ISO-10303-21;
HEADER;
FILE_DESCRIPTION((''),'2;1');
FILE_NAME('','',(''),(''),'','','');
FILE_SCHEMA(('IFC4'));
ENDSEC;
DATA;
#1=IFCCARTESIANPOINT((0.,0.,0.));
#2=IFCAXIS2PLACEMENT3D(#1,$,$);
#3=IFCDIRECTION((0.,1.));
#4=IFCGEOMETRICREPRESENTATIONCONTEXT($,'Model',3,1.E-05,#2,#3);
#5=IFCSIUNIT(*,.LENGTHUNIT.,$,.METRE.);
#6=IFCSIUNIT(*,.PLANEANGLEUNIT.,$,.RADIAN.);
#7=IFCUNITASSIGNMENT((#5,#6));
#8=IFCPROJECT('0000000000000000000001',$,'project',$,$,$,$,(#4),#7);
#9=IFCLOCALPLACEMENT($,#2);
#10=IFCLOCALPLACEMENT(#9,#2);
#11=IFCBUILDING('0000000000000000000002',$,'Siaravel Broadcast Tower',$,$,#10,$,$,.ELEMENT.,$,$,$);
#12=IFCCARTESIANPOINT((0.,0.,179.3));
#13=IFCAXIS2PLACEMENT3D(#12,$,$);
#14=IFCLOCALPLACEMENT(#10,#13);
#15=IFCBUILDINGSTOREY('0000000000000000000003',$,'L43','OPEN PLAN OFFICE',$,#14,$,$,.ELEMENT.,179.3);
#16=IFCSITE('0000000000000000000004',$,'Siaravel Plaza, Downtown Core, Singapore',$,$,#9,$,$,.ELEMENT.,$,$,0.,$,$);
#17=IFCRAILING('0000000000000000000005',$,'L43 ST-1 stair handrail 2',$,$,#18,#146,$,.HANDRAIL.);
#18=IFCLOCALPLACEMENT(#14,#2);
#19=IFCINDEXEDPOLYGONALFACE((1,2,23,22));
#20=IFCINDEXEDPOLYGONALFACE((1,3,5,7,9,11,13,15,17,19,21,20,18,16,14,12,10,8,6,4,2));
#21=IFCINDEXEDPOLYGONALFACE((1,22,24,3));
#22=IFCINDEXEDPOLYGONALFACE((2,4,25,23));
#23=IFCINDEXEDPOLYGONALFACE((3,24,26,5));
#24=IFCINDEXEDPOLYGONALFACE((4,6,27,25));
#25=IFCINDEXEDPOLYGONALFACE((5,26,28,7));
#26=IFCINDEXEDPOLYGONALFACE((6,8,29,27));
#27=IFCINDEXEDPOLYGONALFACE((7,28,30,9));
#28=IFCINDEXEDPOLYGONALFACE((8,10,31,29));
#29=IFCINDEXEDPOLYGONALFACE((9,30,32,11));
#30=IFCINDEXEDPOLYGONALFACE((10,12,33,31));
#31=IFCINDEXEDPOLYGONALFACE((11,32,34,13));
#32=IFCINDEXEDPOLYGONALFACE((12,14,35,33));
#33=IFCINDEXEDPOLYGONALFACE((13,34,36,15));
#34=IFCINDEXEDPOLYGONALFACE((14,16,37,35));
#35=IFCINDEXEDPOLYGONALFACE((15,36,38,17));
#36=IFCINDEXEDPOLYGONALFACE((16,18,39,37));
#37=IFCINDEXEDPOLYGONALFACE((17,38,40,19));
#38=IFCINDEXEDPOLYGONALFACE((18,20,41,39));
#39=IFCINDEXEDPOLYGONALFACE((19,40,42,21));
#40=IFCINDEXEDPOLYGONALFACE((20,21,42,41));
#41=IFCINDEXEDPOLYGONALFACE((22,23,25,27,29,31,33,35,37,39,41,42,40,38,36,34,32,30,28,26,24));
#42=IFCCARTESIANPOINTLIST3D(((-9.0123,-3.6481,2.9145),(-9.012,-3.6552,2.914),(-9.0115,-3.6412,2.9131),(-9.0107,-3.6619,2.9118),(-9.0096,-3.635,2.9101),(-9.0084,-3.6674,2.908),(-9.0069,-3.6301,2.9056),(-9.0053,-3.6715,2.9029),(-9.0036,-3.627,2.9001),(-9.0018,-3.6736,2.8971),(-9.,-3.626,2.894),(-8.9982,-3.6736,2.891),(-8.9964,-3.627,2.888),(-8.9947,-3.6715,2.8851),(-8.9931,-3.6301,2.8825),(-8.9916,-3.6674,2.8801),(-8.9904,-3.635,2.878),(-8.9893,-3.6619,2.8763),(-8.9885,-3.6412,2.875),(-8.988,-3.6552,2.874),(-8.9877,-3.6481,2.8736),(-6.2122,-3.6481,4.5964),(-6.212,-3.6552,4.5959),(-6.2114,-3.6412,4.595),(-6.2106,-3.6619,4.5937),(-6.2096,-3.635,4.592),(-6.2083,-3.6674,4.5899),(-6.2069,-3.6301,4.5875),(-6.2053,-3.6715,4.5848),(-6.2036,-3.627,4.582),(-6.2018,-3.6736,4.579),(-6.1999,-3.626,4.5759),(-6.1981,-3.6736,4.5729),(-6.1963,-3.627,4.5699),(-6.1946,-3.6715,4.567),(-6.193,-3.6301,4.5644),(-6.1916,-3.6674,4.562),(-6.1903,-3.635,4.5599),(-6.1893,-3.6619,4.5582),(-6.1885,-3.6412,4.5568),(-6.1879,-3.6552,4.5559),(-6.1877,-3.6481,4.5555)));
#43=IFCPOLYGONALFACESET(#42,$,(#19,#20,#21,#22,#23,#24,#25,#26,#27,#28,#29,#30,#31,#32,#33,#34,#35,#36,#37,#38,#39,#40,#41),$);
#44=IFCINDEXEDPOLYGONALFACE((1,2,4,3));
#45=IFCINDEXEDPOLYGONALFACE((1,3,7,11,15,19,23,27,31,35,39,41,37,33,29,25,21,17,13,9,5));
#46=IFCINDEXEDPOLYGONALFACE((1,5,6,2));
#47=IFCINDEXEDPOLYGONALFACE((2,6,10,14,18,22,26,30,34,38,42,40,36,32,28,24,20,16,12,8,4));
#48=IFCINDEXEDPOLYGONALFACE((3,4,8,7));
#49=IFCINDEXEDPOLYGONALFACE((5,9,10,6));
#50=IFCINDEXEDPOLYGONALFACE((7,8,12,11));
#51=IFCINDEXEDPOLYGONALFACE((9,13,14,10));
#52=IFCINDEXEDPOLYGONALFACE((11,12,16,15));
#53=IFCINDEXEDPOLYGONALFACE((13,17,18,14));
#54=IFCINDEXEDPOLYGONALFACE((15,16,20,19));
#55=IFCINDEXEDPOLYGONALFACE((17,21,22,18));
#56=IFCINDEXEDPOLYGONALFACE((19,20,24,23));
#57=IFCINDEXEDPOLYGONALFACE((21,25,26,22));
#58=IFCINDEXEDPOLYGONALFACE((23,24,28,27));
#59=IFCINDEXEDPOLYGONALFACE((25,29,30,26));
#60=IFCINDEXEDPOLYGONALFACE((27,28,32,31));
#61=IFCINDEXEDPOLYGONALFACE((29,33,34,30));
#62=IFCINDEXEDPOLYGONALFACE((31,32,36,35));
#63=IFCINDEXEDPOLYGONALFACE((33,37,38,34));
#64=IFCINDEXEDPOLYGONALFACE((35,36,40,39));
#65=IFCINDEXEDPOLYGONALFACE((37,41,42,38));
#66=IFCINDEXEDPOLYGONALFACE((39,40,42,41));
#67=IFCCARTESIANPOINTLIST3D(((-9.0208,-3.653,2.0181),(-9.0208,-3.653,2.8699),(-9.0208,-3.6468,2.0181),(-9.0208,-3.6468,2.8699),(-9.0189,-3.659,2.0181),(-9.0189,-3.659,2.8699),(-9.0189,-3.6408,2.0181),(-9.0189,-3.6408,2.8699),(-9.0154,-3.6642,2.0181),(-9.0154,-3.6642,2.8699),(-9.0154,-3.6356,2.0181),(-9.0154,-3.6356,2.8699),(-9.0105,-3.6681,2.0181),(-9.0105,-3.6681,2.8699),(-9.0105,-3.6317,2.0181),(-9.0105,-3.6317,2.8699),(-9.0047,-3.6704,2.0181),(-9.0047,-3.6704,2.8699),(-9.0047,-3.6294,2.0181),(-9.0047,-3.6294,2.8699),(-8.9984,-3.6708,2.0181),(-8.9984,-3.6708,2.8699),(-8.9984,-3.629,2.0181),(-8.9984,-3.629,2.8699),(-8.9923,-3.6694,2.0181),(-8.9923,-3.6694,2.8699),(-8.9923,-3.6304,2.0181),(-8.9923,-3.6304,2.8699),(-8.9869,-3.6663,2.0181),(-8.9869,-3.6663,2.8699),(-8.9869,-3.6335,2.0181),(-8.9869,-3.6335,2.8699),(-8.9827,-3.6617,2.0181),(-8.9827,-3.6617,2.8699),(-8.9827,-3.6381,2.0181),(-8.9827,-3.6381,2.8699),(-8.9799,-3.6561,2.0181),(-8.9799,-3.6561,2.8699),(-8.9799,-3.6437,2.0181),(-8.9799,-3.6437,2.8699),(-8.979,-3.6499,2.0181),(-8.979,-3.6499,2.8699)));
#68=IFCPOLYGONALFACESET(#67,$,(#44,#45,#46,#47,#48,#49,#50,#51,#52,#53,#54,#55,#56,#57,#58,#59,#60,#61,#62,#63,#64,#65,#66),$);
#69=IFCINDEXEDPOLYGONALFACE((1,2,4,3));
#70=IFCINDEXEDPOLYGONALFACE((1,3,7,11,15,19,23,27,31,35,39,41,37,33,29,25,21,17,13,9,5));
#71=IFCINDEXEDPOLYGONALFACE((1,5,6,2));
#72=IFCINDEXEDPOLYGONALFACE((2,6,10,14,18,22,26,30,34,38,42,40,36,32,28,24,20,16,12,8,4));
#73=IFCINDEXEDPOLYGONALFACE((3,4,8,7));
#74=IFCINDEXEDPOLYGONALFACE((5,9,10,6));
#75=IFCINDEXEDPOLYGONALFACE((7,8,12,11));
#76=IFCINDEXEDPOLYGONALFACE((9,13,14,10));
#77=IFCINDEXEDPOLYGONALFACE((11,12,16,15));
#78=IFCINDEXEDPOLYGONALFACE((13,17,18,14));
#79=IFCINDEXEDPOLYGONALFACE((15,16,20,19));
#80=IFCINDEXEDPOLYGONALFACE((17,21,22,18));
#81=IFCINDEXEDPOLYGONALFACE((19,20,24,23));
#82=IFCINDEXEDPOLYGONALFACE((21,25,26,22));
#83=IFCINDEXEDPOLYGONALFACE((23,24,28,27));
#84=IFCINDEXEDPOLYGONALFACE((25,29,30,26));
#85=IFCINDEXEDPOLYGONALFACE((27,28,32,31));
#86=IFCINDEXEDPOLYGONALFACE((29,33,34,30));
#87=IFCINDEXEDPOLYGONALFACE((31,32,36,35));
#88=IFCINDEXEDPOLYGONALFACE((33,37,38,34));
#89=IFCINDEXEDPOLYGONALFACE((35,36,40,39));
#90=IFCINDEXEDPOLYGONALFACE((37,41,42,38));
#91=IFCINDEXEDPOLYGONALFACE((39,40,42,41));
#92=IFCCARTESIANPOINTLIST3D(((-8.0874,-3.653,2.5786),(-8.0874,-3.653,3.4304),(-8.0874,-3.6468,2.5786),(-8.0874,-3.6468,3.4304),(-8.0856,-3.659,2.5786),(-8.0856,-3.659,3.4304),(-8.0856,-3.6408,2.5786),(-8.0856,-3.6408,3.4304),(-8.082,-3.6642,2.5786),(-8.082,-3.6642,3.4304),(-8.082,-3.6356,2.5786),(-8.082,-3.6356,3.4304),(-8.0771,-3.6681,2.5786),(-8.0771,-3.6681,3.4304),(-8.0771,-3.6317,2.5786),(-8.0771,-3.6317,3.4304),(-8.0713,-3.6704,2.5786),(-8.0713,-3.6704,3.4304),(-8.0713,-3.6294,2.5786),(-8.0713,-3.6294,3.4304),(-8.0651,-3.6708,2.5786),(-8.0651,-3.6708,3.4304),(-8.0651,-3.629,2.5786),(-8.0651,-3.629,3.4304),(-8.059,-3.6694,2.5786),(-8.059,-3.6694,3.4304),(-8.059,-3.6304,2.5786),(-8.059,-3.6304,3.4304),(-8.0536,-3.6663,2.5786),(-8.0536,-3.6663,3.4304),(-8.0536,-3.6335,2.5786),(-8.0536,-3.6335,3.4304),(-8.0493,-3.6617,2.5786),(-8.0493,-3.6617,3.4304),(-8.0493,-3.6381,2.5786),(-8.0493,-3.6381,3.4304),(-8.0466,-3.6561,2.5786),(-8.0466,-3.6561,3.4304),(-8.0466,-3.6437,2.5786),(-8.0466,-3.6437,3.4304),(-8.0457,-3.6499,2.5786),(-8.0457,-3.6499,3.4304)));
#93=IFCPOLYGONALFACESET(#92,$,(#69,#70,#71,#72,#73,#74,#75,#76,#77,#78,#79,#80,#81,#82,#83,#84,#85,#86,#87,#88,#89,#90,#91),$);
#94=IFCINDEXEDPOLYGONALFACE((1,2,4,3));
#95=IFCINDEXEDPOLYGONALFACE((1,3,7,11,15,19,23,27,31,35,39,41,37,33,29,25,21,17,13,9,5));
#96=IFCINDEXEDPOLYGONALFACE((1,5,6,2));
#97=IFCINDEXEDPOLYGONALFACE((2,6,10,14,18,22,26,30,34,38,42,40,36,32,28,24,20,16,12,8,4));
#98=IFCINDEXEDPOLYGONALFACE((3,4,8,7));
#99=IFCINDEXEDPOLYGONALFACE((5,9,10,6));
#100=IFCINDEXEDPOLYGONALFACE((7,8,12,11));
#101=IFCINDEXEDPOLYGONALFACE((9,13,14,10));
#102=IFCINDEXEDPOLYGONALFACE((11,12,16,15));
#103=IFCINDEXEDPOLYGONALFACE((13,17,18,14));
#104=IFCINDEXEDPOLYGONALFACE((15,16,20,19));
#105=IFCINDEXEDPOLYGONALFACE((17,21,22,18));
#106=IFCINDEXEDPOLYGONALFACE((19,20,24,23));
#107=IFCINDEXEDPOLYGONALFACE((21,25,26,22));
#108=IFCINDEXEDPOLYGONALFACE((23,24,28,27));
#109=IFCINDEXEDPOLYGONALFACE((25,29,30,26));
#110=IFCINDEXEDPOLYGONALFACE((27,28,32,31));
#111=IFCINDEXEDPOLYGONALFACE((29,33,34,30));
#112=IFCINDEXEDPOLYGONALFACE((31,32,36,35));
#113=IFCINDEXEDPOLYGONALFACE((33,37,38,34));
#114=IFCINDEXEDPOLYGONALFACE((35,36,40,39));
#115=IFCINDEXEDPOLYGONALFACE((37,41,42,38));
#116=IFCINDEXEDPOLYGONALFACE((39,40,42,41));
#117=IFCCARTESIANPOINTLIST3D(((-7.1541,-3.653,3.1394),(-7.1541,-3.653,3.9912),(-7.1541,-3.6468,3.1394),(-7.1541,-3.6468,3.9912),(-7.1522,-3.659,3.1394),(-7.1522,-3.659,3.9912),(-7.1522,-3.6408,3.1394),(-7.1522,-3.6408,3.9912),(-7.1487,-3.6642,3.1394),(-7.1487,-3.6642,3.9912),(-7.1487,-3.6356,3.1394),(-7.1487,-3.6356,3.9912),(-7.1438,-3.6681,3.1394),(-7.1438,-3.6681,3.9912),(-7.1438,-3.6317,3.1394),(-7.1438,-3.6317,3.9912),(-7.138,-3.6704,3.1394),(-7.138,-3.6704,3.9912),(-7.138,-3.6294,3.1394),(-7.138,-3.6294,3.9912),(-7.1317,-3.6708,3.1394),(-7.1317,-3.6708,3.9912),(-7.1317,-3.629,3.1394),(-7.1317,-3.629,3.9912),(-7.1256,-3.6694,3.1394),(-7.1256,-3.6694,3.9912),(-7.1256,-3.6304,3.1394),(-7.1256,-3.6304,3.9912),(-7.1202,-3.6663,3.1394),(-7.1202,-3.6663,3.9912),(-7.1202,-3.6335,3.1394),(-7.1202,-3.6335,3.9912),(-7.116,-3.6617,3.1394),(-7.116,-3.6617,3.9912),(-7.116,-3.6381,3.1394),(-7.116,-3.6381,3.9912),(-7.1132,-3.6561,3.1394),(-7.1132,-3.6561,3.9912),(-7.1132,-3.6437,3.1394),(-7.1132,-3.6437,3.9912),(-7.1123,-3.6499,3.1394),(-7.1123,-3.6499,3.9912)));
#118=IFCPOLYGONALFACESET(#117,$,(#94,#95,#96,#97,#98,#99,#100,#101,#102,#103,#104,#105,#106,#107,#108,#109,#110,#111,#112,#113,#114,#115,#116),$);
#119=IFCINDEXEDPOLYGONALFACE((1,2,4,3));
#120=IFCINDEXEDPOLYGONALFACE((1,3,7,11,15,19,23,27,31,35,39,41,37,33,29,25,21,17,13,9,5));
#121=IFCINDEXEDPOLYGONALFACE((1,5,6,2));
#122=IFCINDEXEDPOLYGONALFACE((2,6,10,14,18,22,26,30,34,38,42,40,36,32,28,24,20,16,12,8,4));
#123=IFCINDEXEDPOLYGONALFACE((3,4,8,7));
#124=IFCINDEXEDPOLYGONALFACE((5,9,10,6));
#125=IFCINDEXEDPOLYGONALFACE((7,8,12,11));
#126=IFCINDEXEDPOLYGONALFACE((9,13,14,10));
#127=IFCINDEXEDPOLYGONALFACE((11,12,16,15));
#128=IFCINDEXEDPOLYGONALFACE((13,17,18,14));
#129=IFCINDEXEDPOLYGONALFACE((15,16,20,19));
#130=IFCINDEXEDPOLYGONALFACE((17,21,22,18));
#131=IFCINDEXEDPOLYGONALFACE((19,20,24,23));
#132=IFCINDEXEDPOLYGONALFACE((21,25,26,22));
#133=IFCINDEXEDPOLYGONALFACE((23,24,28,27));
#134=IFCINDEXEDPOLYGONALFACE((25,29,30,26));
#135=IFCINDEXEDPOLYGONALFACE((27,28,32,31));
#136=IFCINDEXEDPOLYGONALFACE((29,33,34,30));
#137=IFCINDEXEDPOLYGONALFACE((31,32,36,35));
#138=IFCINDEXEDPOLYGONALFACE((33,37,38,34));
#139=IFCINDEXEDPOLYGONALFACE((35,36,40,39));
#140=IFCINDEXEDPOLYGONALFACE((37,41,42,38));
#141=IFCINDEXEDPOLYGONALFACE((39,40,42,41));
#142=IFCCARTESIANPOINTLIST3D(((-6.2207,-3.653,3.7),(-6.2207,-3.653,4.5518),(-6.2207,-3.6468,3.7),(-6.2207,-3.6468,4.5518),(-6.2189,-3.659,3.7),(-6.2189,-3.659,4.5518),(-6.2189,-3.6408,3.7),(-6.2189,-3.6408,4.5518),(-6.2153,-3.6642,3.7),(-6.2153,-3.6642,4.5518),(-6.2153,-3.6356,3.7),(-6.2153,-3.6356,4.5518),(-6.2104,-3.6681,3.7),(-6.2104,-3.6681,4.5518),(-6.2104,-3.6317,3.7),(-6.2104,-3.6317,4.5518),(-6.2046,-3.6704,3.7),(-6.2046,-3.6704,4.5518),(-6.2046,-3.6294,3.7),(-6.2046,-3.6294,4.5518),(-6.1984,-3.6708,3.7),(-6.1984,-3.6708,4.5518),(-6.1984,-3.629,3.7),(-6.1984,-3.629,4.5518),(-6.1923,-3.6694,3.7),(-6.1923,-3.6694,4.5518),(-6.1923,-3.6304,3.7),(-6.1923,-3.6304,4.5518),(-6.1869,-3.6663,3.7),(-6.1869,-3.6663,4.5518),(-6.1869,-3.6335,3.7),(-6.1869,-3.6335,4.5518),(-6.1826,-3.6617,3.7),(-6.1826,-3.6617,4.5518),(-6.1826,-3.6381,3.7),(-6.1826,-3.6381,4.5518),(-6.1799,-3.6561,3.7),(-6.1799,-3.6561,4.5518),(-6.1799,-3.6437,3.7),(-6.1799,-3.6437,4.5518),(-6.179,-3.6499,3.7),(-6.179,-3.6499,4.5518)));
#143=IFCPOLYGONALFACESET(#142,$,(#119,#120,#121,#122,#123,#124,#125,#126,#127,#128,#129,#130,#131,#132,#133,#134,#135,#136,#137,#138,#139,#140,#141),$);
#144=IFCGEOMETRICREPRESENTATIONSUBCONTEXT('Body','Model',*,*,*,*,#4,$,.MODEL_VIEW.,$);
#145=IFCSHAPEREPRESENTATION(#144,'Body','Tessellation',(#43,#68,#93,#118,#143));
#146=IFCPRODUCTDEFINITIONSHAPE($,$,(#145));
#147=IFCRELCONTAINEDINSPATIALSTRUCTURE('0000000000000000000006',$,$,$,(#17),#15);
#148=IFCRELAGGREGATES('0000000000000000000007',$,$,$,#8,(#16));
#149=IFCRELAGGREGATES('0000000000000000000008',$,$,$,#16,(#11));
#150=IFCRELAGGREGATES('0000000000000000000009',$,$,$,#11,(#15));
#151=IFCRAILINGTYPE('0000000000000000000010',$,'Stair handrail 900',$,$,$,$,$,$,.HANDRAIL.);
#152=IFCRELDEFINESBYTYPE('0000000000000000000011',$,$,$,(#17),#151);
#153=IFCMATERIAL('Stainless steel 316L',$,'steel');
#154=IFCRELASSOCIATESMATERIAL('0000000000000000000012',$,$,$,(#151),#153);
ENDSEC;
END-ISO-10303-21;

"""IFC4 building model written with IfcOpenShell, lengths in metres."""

from ifc_helpers import new_model, si_unit, direction, frame, origin, origin_2d, place, context, subcontext, project, spatial, circle, extrude, material, type_object, element, save


model = new_model("IFC4")

# Units and contexts
model_context = context("Model", 3, precision=1e-05, world=origin(), true_north=direction((0.0, 1.0)))
body_context = subcontext(model_context, "Body", "Model", "MODEL_VIEW")
ifc_project = project(units=[si_unit("LENGTHUNIT", "METRE"), si_unit("PLANEANGLEUNIT", "RADIAN")], contexts=[model_context])

# Site, building, storey
site_placement = place(None, origin())
site = spatial("IfcSite", under=ifc_project, at=site_placement, Name="Siaravel Plaza, Downtown Core, Singapore", CompositionType="ELEMENT", RefElevation=0.0)
building_placement = place(site_placement, origin())
building = spatial("IfcBuilding", under=site, at=building_placement, Name="Siaravel Broadcast Tower", CompositionType="ELEMENT")
storey_placement = place(building_placement, frame((0.0, 0.0, 179.3)))
storey = spatial("IfcBuildingStorey", under=building, at=storey_placement, Name="L43", Description="OPEN PLAN OFFICE", CompositionType="ELEMENT", Elevation=179.3)

# Railing
ifc_material_1 = material(Name="Stainless steel 316L", Category="steel")
railing_type_1 = type_object("IfcRailingType", Name="Stair handrail 900", PredefinedType="HANDRAIL", material=ifc_material_1)
railing_1_placement = place(storey_placement, frame((-9.0, -3.6499, 2.0181)))
element("IfcRailing", 1, at=railing_1_placement, inside=storey, type_object=railing_type_1, Name="L43 ST-1 stair handrail 2", PredefinedType="HANDRAIL", context=body_context, shape_type="SweptSolid", body=[
    extrude(circle(Radius=0.0239, at=origin_2d()), frame((0.0, 0.0, 0.876), z_axis=(0.857242, 0.0, 0.514913), x_axis=(0.0, 1.0, 0.0)), (0.0, 0.0, 1.0), 3.2664),
    extrude(circle(Radius=0.021, at=origin_2d()), origin(), (0.0, 0.0, 1.0), 0.8518),
    extrude(circle(Radius=0.021, at=origin_2d()), frame((0.9333, 0.0, 0.5605)), (0.0, 0.0, 1.0), 0.8518),
    extrude(circle(Radius=0.021, at=origin_2d()), frame((1.8667, 0.0, 1.1213)), (0.0, 0.0, 1.0), 0.8518),
    extrude(circle(Radius=0.021, at=origin_2d()), frame((2.8, 0.0, 1.6819)), (0.0, 0.0, 1.0), 0.8518),
])

save(model, "model.ifc")
